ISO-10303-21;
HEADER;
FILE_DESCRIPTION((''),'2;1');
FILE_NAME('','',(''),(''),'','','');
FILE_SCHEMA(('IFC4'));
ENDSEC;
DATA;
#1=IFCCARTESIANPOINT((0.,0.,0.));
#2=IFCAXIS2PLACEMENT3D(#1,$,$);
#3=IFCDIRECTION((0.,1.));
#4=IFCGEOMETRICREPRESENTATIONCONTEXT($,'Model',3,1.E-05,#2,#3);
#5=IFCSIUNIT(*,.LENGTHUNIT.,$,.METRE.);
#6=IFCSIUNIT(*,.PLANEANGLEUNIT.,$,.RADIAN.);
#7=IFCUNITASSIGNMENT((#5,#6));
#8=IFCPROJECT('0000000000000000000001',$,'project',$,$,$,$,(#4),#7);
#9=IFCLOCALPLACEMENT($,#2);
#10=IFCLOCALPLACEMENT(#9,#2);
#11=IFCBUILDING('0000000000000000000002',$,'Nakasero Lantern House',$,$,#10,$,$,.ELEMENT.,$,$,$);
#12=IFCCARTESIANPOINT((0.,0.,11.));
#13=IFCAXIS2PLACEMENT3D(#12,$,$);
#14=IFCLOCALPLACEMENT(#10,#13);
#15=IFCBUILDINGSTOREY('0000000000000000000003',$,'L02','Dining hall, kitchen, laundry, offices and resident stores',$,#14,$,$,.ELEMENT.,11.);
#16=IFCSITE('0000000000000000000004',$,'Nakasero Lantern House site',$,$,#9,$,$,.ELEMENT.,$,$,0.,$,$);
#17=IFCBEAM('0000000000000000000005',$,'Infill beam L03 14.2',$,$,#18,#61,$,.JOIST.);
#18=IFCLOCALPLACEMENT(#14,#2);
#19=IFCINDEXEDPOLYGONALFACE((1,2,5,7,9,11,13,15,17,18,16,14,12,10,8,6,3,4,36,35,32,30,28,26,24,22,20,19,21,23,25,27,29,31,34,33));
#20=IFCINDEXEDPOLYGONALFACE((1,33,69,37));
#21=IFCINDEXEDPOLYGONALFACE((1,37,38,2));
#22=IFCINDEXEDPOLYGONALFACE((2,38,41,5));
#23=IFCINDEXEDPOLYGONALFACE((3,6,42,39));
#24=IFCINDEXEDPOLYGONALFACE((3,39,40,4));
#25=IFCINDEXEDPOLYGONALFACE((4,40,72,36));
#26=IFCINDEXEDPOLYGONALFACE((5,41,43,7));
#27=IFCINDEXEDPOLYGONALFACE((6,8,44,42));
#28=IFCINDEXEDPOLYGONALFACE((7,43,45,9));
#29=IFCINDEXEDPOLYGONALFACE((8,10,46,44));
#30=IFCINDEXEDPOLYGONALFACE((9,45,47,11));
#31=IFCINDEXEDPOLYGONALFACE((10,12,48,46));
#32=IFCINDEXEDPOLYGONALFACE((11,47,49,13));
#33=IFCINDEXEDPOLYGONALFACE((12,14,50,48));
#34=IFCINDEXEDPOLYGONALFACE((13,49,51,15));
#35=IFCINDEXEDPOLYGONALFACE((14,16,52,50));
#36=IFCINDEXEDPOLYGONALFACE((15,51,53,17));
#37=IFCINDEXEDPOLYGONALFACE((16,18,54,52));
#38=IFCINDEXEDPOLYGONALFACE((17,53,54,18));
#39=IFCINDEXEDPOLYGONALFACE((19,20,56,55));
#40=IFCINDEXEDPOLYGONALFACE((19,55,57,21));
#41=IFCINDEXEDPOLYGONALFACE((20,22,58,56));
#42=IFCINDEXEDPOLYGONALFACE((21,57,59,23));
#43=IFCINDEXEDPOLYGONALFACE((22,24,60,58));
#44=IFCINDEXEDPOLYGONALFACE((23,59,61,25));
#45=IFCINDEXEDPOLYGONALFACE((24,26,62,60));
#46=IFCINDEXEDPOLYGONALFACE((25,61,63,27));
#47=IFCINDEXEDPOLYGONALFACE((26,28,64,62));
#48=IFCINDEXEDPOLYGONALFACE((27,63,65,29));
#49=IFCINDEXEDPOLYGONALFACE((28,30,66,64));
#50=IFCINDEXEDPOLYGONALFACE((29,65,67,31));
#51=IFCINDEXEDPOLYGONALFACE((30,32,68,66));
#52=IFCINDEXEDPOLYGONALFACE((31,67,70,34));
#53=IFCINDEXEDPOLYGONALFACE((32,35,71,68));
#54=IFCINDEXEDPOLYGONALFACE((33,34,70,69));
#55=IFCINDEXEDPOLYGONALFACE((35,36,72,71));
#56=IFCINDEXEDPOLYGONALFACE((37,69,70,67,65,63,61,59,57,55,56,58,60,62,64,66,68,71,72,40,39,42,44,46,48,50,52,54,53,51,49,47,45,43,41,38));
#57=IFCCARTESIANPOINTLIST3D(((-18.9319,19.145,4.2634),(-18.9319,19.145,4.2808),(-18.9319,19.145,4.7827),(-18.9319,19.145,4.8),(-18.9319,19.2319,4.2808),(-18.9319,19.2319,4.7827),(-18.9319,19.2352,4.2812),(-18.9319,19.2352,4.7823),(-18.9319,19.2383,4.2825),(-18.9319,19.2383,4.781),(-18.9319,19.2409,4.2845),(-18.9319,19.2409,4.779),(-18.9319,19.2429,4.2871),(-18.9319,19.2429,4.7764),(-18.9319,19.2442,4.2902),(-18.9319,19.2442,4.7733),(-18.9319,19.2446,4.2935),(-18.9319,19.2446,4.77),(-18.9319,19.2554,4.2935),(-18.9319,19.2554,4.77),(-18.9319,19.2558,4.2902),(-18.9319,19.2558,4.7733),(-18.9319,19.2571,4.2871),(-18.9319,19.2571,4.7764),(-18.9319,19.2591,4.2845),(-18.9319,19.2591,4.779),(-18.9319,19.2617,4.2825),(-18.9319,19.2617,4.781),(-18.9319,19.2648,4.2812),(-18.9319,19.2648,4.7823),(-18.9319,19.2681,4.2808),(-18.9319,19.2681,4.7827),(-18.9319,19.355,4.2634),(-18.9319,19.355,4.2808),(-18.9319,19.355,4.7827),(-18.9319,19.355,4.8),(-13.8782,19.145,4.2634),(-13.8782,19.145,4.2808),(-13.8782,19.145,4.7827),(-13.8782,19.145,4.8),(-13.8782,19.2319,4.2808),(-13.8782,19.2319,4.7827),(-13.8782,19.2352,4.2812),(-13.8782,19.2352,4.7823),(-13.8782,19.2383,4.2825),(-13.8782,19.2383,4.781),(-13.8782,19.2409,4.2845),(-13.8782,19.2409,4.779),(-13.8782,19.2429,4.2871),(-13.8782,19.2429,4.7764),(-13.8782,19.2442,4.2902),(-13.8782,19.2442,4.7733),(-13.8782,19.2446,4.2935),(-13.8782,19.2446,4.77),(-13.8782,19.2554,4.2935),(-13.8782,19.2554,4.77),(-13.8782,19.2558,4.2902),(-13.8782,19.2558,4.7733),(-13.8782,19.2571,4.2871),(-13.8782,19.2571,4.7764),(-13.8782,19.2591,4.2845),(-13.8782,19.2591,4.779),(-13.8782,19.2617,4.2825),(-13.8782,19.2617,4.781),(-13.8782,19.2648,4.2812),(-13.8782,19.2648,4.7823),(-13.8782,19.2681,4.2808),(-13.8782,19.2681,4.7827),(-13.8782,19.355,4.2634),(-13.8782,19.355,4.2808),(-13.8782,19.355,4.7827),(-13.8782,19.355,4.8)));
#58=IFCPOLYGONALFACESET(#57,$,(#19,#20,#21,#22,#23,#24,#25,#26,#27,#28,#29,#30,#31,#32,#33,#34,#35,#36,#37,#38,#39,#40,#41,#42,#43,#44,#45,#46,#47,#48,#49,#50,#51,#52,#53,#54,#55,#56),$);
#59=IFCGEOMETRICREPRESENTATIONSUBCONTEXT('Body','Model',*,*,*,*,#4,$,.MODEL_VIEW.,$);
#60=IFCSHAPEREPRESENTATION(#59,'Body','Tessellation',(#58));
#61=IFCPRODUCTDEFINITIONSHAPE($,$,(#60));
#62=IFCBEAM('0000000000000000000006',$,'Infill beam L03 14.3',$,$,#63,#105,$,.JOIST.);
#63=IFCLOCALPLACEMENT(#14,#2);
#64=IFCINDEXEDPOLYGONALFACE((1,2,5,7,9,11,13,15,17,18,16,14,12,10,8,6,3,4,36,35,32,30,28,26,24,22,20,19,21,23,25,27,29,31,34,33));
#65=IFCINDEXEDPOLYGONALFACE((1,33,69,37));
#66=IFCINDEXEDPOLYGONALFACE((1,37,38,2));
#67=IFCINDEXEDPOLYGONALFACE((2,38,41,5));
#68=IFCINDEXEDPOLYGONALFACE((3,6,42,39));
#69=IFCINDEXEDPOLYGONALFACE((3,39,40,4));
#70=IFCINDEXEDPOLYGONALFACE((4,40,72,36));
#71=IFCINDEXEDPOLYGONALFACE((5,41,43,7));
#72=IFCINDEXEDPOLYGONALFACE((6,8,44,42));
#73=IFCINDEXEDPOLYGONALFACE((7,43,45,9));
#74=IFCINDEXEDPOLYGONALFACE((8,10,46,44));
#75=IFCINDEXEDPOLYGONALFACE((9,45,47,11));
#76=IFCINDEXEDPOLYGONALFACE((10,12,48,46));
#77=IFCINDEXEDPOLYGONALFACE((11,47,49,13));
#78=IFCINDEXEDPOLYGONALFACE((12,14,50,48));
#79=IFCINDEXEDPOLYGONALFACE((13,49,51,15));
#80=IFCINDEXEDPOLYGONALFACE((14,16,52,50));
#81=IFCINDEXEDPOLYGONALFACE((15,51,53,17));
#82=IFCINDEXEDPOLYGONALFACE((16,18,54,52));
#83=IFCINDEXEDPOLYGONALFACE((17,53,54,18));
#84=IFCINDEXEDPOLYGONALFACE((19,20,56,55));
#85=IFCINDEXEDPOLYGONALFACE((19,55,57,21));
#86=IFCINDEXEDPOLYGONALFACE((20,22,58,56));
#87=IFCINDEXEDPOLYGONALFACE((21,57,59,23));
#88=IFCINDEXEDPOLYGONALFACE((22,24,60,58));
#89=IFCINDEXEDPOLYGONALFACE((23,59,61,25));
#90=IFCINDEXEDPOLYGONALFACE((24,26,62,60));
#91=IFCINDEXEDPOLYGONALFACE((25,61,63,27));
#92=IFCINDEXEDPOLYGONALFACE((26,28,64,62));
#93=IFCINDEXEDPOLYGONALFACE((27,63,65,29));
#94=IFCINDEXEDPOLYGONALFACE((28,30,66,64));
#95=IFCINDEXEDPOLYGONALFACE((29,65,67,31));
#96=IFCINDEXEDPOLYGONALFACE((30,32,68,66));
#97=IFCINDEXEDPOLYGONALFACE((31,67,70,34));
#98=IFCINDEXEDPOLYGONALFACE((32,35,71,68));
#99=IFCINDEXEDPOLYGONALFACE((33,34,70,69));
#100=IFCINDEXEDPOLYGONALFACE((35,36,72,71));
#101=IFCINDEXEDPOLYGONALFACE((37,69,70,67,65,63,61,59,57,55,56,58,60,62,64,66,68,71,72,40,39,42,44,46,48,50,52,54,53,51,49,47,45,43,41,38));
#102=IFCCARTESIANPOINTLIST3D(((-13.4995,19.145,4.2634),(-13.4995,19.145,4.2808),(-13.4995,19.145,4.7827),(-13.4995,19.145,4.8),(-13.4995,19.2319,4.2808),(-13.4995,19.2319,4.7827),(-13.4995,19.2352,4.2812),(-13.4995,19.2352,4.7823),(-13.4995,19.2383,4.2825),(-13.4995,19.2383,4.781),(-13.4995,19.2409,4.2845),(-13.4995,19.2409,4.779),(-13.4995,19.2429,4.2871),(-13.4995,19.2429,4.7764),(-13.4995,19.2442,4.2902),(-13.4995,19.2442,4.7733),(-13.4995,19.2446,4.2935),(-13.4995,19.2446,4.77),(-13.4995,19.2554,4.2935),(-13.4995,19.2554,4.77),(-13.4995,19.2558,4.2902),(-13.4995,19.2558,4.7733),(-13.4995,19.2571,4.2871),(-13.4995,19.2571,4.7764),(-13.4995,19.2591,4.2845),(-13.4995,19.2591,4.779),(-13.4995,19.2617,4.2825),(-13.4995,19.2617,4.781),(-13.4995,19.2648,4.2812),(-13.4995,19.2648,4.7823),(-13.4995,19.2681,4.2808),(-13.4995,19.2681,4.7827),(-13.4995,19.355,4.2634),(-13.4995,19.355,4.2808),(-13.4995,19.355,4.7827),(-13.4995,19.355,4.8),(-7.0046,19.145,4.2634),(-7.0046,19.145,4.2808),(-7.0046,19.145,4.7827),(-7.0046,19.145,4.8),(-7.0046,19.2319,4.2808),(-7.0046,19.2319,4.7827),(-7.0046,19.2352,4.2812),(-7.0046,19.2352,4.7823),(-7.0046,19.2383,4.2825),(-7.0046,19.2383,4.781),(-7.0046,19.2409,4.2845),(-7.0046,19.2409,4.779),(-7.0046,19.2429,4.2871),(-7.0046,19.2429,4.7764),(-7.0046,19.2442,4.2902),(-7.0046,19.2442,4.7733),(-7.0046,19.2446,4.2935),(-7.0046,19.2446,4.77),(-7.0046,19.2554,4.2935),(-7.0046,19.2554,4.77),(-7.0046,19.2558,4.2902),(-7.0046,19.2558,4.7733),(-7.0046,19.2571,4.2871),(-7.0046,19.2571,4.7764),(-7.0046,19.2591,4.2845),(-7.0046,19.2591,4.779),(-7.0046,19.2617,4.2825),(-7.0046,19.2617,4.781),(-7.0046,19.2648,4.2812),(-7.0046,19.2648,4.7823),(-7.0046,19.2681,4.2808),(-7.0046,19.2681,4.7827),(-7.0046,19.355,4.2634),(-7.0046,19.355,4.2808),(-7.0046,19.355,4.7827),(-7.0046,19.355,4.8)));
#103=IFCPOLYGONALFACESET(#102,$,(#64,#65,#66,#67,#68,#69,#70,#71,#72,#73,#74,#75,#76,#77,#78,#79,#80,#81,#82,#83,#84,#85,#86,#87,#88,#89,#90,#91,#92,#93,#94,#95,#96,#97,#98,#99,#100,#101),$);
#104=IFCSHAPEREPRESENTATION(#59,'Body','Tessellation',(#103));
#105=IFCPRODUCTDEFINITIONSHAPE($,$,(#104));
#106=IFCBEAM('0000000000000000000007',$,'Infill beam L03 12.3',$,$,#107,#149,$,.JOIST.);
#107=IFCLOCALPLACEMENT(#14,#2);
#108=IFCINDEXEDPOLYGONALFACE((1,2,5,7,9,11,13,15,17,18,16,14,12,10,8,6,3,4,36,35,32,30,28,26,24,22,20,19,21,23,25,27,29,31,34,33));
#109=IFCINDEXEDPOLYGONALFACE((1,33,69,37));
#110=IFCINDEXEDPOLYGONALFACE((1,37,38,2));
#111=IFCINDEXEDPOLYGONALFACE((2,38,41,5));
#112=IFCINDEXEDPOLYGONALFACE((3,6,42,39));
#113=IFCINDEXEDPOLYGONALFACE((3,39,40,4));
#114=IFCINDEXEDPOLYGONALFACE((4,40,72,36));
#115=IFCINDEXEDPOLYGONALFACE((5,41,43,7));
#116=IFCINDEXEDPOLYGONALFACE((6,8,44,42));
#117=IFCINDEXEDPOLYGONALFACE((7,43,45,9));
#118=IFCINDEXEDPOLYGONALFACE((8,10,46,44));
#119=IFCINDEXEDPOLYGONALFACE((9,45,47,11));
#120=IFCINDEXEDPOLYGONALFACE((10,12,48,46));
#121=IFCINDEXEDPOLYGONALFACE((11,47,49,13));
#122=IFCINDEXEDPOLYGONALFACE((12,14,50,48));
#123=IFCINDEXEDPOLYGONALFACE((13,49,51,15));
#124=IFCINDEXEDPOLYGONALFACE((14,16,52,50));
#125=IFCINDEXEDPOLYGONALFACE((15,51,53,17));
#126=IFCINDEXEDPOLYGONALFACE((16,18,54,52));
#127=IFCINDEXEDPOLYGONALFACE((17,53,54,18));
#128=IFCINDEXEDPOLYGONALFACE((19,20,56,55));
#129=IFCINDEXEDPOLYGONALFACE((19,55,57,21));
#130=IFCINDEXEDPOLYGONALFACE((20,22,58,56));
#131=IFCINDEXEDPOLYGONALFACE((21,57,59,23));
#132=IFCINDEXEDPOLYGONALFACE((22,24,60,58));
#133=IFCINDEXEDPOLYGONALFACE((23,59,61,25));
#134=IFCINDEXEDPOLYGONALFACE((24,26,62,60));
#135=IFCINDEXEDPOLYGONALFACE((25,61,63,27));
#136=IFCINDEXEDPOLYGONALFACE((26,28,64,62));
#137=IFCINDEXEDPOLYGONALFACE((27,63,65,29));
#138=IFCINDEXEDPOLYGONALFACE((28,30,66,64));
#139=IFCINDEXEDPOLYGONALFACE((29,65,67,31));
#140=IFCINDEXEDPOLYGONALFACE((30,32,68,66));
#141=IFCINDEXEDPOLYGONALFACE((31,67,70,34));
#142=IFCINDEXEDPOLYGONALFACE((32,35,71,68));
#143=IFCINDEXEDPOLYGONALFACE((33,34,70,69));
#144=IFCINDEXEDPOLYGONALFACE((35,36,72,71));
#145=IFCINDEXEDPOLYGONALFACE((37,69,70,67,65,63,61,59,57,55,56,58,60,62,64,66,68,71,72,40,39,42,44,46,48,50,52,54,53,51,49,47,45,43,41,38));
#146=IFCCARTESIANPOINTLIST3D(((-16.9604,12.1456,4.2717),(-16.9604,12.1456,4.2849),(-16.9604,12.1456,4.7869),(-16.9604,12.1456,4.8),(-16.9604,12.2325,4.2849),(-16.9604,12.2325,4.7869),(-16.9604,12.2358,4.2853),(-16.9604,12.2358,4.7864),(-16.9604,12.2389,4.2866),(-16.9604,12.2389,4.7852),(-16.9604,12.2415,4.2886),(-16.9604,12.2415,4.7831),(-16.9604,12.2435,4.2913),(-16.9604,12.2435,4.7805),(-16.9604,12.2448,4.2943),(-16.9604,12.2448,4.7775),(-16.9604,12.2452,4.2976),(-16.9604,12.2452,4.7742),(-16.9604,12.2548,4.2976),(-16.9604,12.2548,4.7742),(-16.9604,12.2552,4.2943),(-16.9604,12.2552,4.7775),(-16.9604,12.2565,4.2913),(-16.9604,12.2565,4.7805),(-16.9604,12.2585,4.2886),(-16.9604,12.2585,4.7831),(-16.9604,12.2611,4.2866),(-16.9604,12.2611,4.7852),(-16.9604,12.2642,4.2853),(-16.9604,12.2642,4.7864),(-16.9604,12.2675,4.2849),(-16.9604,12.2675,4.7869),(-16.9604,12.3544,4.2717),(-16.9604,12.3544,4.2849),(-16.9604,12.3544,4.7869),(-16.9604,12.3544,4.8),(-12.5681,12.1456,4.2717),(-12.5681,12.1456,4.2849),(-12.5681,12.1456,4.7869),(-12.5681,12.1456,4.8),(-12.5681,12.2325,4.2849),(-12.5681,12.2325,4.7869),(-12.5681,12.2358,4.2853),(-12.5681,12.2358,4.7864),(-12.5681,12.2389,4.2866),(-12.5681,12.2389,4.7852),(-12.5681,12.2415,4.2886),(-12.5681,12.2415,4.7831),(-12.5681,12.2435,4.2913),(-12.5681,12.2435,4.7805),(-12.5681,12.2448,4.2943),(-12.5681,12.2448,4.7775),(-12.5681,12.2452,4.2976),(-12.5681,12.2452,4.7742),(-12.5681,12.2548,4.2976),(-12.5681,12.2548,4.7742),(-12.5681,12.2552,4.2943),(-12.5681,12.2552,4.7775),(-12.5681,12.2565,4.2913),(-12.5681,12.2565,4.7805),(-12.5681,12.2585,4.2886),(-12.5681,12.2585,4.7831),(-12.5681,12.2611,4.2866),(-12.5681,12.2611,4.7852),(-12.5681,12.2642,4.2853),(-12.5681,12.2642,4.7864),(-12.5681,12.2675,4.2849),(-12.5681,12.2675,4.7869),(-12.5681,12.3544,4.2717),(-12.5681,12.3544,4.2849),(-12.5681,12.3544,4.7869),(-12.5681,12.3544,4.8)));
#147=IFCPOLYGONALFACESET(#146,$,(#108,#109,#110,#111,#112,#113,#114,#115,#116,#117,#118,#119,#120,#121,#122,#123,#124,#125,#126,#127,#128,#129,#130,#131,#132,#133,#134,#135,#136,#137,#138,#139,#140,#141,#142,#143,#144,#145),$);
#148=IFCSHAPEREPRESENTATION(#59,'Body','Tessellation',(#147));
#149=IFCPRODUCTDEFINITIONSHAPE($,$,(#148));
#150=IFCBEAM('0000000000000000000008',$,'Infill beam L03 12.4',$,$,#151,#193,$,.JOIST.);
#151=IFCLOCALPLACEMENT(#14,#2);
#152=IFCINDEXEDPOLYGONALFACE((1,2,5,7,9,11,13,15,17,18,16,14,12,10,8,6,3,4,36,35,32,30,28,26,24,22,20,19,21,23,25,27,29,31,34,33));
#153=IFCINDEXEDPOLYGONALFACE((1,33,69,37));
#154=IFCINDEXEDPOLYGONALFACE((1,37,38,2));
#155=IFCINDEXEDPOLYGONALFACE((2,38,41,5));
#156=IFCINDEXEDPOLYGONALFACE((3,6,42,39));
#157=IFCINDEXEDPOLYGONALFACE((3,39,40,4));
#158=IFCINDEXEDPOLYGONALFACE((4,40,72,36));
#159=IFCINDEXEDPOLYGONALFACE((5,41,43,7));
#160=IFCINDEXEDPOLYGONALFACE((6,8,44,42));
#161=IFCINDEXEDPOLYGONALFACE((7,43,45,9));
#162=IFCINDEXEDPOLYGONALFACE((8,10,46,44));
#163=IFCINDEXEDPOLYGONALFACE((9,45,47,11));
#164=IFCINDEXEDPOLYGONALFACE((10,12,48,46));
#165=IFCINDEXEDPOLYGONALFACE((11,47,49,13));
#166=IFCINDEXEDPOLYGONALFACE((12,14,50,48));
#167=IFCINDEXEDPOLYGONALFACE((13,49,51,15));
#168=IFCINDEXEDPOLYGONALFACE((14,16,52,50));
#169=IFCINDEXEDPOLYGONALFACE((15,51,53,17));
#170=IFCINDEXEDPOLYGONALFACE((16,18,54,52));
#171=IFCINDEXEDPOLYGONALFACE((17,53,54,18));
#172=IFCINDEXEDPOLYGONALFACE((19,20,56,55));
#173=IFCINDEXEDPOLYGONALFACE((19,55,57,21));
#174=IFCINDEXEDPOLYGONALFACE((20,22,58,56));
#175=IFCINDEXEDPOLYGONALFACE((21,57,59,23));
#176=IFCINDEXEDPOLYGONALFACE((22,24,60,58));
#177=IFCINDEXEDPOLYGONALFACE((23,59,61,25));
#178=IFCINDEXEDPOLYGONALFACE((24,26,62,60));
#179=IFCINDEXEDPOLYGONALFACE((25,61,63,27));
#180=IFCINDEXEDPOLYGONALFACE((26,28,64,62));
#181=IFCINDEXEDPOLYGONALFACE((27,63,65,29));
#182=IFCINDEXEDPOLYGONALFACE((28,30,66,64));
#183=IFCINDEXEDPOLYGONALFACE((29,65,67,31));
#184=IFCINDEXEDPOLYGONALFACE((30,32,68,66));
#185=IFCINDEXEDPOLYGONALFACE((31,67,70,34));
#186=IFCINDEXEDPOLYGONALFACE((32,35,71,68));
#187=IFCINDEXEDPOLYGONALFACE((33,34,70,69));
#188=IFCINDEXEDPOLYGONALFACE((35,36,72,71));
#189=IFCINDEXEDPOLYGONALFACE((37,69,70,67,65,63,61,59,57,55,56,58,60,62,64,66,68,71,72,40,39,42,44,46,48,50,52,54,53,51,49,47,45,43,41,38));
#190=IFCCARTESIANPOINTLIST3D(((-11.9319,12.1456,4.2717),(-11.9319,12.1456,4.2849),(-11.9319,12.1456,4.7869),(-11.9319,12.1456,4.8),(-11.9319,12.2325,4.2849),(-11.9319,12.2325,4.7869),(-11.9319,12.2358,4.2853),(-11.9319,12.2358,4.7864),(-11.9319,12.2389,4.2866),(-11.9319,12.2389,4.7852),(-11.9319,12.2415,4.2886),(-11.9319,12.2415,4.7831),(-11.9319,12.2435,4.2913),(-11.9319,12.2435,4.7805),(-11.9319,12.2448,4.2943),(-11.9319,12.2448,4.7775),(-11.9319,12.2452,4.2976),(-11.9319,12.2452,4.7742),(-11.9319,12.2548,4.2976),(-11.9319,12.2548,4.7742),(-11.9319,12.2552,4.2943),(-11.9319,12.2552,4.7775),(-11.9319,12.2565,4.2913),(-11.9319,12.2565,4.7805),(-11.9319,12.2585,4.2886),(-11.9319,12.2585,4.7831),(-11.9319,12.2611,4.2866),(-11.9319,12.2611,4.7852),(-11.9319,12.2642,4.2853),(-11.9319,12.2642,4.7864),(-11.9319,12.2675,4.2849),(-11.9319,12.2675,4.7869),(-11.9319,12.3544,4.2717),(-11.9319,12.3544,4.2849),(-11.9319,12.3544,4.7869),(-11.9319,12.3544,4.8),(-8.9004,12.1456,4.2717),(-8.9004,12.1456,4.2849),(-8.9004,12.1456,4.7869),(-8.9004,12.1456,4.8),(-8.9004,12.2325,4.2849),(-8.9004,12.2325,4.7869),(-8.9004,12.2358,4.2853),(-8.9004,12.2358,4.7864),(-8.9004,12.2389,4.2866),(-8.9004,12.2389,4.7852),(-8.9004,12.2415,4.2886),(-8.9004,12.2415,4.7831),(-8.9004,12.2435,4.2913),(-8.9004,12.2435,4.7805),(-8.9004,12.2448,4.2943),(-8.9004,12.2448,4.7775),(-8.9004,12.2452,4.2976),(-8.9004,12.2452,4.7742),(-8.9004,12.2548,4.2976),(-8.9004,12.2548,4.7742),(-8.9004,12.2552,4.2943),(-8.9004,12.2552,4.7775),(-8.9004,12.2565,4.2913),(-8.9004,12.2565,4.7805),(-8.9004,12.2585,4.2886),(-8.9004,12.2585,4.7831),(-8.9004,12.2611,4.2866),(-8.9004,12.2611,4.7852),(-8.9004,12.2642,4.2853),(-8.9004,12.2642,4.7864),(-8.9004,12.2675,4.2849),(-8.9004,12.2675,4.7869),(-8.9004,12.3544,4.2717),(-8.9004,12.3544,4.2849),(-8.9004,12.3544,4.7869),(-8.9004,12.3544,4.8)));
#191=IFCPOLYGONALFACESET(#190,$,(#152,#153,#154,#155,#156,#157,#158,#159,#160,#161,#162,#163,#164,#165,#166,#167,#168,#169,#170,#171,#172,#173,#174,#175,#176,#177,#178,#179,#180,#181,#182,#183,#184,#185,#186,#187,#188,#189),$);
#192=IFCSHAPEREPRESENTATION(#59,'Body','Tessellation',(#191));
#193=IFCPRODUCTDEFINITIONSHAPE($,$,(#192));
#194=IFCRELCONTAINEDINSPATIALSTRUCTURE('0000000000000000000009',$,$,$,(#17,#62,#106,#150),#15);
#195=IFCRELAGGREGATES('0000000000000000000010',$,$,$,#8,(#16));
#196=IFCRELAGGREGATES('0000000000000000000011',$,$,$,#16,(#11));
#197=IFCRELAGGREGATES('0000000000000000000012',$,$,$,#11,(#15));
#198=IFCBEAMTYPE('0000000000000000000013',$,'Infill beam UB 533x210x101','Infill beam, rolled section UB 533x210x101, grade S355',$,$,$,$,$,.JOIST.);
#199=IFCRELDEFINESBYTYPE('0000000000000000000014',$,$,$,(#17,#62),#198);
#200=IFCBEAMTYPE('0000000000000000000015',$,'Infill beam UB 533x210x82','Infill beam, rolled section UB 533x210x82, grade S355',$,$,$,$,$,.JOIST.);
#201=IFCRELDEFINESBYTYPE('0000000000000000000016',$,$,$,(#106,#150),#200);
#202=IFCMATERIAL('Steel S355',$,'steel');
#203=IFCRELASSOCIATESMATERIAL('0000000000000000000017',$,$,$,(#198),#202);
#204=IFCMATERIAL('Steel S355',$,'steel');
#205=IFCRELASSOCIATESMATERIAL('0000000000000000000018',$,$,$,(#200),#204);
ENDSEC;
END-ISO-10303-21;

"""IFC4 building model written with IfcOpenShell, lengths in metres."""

from ifc_helpers import new_model, si_unit, direction, frame, origin, origin_2d, place, context, subcontext, project, spatial, i_section, extrude, material, material_profile, profile_set, type_object, element, save


model = new_model("IFC4")

# Units and contexts
model_context = context("Model", 3, precision=1e-05, world=origin(), true_north=direction((0.0, 1.0)))
body_context = subcontext(model_context, "Body", "Model", "MODEL_VIEW")
ifc_project = project(units=[si_unit("LENGTHUNIT", "METRE"), si_unit("PLANEANGLEUNIT", "RADIAN")], contexts=[model_context])

# Site, building, storey
site_placement = place(None, origin())
site = spatial("IfcSite", under=ifc_project, at=site_placement, Name="Nakasero Lantern House site", CompositionType="ELEMENT", RefElevation=0.0)
building_placement = place(site_placement, origin())
building = spatial("IfcBuilding", under=site, at=building_placement, Name="Nakasero Lantern House", CompositionType="ELEMENT")
storey_placement = place(building_placement, frame((0.0, 0.0, 11.0)))
storey = spatial("IfcBuildingStorey", under=building, at=storey_placement, Name="L02", Description="Dining hall, kitchen, laundry, offices and resident stores", CompositionType="ELEMENT", Elevation=11.0)

# Beams
ifc_material_1 = material(Name="Steel S355", Category="steel")
ifc_material_profile_1 = material_profile(ifc_material_1, i_section(OverallWidth=0.21, OverallDepth=0.5366, WebThickness=0.0107, FlangeThickness=0.0173, FilletRadius=0.0127, at=origin_2d()), Name="UB 533x210x101")
ifc_profile_set_1 = profile_set([ifc_material_profile_1], Name="Steel S355")
beam_type_1 = type_object("IfcBeamType", Name="Infill beam UB 533x210x101", Description="Infill beam, rolled section UB 533x210x101, grade S355", PredefinedType="JOIST", material=ifc_profile_set_1)
beam_1_placement = place(storey_placement, frame((-18.9319, 19.25, 4.5317), z_axis=(1.0, 0.0, 0.0), x_axis=(0.0, 1.0, 0.0)))
element("IfcBeam", 1, at=beam_1_placement, inside=storey, type_object=beam_type_1, Name="Infill beam L03 14.2", PredefinedType="JOIST", context=body_context, shape_type="SweptSolid", body=[
    extrude(i_section(OverallWidth=0.21, OverallDepth=0.5366, WebThickness=0.0107, FlangeThickness=0.0173, FilletRadius=0.0127, at=origin_2d()), origin(), (0.0, 0.0, 1.0), 5.0537),
])
beam_2_placement = place(storey_placement, frame((-13.4995, 19.25, 4.5317), z_axis=(1.0, 0.0, 0.0), x_axis=(0.0, 1.0, 0.0)))
element("IfcBeam", 2, at=beam_2_placement, inside=storey, type_object=beam_type_1, Name="Infill beam L03 14.3", PredefinedType="JOIST", context=body_context, shape_type="SweptSolid", body=[
    extrude(i_section(OverallWidth=0.21, OverallDepth=0.5366, WebThickness=0.0107, FlangeThickness=0.0173, FilletRadius=0.0127, at=origin_2d()), origin(), (0.0, 0.0, 1.0), 6.4949),
])
ifc_material_2 = material(Name="Steel S355", Category="steel")
ifc_material_profile_2 = material_profile(ifc_material_2, i_section(OverallWidth=0.2087, OverallDepth=0.5283, WebThickness=0.0095, FlangeThickness=0.0132, FilletRadius=0.0127, at=origin_2d()), Name="UB 533x210x82")
ifc_profile_set_2 = profile_set([ifc_material_profile_2], Name="Steel S355")
beam_type_2 = type_object("IfcBeamType", Name="Infill beam UB 533x210x82", Description="Infill beam, rolled section UB 533x210x82, grade S355", PredefinedType="JOIST", material=ifc_profile_set_2)
beam_3_placement = place(storey_placement, frame((-16.9604, 12.25, 4.5359), z_axis=(1.0, 0.0, 0.0), x_axis=(0.0, 1.0, 0.0)))
element("IfcBeam", 3, at=beam_3_placement, inside=storey, type_object=beam_type_2, Name="Infill beam L03 12.3", PredefinedType="JOIST", context=body_context, shape_type="SweptSolid", body=[
    extrude(i_section(OverallWidth=0.2087, OverallDepth=0.5283, WebThickness=0.0095, FlangeThickness=0.0132, FilletRadius=0.0127, at=origin_2d()), origin(), (0.0, 0.0, 1.0), 4.3923),
])
beam_4_placement = place(storey_placement, frame((-11.9319, 12.25, 4.5359), z_axis=(1.0, 0.0, 0.0), x_axis=(0.0, 1.0, 0.0)))
element("IfcBeam", 4, at=beam_4_placement, inside=storey, type_object=beam_type_2, Name="Infill beam L03 12.4", PredefinedType="JOIST", context=body_context, shape_type="SweptSolid", body=[
    extrude(i_section(OverallWidth=0.2087, OverallDepth=0.5283, WebThickness=0.0095, FlangeThickness=0.0132, FilletRadius=0.0127, at=origin_2d()), origin(), (0.0, 0.0, 1.0), 3.0315),
])

save(model, "model.ifc")
